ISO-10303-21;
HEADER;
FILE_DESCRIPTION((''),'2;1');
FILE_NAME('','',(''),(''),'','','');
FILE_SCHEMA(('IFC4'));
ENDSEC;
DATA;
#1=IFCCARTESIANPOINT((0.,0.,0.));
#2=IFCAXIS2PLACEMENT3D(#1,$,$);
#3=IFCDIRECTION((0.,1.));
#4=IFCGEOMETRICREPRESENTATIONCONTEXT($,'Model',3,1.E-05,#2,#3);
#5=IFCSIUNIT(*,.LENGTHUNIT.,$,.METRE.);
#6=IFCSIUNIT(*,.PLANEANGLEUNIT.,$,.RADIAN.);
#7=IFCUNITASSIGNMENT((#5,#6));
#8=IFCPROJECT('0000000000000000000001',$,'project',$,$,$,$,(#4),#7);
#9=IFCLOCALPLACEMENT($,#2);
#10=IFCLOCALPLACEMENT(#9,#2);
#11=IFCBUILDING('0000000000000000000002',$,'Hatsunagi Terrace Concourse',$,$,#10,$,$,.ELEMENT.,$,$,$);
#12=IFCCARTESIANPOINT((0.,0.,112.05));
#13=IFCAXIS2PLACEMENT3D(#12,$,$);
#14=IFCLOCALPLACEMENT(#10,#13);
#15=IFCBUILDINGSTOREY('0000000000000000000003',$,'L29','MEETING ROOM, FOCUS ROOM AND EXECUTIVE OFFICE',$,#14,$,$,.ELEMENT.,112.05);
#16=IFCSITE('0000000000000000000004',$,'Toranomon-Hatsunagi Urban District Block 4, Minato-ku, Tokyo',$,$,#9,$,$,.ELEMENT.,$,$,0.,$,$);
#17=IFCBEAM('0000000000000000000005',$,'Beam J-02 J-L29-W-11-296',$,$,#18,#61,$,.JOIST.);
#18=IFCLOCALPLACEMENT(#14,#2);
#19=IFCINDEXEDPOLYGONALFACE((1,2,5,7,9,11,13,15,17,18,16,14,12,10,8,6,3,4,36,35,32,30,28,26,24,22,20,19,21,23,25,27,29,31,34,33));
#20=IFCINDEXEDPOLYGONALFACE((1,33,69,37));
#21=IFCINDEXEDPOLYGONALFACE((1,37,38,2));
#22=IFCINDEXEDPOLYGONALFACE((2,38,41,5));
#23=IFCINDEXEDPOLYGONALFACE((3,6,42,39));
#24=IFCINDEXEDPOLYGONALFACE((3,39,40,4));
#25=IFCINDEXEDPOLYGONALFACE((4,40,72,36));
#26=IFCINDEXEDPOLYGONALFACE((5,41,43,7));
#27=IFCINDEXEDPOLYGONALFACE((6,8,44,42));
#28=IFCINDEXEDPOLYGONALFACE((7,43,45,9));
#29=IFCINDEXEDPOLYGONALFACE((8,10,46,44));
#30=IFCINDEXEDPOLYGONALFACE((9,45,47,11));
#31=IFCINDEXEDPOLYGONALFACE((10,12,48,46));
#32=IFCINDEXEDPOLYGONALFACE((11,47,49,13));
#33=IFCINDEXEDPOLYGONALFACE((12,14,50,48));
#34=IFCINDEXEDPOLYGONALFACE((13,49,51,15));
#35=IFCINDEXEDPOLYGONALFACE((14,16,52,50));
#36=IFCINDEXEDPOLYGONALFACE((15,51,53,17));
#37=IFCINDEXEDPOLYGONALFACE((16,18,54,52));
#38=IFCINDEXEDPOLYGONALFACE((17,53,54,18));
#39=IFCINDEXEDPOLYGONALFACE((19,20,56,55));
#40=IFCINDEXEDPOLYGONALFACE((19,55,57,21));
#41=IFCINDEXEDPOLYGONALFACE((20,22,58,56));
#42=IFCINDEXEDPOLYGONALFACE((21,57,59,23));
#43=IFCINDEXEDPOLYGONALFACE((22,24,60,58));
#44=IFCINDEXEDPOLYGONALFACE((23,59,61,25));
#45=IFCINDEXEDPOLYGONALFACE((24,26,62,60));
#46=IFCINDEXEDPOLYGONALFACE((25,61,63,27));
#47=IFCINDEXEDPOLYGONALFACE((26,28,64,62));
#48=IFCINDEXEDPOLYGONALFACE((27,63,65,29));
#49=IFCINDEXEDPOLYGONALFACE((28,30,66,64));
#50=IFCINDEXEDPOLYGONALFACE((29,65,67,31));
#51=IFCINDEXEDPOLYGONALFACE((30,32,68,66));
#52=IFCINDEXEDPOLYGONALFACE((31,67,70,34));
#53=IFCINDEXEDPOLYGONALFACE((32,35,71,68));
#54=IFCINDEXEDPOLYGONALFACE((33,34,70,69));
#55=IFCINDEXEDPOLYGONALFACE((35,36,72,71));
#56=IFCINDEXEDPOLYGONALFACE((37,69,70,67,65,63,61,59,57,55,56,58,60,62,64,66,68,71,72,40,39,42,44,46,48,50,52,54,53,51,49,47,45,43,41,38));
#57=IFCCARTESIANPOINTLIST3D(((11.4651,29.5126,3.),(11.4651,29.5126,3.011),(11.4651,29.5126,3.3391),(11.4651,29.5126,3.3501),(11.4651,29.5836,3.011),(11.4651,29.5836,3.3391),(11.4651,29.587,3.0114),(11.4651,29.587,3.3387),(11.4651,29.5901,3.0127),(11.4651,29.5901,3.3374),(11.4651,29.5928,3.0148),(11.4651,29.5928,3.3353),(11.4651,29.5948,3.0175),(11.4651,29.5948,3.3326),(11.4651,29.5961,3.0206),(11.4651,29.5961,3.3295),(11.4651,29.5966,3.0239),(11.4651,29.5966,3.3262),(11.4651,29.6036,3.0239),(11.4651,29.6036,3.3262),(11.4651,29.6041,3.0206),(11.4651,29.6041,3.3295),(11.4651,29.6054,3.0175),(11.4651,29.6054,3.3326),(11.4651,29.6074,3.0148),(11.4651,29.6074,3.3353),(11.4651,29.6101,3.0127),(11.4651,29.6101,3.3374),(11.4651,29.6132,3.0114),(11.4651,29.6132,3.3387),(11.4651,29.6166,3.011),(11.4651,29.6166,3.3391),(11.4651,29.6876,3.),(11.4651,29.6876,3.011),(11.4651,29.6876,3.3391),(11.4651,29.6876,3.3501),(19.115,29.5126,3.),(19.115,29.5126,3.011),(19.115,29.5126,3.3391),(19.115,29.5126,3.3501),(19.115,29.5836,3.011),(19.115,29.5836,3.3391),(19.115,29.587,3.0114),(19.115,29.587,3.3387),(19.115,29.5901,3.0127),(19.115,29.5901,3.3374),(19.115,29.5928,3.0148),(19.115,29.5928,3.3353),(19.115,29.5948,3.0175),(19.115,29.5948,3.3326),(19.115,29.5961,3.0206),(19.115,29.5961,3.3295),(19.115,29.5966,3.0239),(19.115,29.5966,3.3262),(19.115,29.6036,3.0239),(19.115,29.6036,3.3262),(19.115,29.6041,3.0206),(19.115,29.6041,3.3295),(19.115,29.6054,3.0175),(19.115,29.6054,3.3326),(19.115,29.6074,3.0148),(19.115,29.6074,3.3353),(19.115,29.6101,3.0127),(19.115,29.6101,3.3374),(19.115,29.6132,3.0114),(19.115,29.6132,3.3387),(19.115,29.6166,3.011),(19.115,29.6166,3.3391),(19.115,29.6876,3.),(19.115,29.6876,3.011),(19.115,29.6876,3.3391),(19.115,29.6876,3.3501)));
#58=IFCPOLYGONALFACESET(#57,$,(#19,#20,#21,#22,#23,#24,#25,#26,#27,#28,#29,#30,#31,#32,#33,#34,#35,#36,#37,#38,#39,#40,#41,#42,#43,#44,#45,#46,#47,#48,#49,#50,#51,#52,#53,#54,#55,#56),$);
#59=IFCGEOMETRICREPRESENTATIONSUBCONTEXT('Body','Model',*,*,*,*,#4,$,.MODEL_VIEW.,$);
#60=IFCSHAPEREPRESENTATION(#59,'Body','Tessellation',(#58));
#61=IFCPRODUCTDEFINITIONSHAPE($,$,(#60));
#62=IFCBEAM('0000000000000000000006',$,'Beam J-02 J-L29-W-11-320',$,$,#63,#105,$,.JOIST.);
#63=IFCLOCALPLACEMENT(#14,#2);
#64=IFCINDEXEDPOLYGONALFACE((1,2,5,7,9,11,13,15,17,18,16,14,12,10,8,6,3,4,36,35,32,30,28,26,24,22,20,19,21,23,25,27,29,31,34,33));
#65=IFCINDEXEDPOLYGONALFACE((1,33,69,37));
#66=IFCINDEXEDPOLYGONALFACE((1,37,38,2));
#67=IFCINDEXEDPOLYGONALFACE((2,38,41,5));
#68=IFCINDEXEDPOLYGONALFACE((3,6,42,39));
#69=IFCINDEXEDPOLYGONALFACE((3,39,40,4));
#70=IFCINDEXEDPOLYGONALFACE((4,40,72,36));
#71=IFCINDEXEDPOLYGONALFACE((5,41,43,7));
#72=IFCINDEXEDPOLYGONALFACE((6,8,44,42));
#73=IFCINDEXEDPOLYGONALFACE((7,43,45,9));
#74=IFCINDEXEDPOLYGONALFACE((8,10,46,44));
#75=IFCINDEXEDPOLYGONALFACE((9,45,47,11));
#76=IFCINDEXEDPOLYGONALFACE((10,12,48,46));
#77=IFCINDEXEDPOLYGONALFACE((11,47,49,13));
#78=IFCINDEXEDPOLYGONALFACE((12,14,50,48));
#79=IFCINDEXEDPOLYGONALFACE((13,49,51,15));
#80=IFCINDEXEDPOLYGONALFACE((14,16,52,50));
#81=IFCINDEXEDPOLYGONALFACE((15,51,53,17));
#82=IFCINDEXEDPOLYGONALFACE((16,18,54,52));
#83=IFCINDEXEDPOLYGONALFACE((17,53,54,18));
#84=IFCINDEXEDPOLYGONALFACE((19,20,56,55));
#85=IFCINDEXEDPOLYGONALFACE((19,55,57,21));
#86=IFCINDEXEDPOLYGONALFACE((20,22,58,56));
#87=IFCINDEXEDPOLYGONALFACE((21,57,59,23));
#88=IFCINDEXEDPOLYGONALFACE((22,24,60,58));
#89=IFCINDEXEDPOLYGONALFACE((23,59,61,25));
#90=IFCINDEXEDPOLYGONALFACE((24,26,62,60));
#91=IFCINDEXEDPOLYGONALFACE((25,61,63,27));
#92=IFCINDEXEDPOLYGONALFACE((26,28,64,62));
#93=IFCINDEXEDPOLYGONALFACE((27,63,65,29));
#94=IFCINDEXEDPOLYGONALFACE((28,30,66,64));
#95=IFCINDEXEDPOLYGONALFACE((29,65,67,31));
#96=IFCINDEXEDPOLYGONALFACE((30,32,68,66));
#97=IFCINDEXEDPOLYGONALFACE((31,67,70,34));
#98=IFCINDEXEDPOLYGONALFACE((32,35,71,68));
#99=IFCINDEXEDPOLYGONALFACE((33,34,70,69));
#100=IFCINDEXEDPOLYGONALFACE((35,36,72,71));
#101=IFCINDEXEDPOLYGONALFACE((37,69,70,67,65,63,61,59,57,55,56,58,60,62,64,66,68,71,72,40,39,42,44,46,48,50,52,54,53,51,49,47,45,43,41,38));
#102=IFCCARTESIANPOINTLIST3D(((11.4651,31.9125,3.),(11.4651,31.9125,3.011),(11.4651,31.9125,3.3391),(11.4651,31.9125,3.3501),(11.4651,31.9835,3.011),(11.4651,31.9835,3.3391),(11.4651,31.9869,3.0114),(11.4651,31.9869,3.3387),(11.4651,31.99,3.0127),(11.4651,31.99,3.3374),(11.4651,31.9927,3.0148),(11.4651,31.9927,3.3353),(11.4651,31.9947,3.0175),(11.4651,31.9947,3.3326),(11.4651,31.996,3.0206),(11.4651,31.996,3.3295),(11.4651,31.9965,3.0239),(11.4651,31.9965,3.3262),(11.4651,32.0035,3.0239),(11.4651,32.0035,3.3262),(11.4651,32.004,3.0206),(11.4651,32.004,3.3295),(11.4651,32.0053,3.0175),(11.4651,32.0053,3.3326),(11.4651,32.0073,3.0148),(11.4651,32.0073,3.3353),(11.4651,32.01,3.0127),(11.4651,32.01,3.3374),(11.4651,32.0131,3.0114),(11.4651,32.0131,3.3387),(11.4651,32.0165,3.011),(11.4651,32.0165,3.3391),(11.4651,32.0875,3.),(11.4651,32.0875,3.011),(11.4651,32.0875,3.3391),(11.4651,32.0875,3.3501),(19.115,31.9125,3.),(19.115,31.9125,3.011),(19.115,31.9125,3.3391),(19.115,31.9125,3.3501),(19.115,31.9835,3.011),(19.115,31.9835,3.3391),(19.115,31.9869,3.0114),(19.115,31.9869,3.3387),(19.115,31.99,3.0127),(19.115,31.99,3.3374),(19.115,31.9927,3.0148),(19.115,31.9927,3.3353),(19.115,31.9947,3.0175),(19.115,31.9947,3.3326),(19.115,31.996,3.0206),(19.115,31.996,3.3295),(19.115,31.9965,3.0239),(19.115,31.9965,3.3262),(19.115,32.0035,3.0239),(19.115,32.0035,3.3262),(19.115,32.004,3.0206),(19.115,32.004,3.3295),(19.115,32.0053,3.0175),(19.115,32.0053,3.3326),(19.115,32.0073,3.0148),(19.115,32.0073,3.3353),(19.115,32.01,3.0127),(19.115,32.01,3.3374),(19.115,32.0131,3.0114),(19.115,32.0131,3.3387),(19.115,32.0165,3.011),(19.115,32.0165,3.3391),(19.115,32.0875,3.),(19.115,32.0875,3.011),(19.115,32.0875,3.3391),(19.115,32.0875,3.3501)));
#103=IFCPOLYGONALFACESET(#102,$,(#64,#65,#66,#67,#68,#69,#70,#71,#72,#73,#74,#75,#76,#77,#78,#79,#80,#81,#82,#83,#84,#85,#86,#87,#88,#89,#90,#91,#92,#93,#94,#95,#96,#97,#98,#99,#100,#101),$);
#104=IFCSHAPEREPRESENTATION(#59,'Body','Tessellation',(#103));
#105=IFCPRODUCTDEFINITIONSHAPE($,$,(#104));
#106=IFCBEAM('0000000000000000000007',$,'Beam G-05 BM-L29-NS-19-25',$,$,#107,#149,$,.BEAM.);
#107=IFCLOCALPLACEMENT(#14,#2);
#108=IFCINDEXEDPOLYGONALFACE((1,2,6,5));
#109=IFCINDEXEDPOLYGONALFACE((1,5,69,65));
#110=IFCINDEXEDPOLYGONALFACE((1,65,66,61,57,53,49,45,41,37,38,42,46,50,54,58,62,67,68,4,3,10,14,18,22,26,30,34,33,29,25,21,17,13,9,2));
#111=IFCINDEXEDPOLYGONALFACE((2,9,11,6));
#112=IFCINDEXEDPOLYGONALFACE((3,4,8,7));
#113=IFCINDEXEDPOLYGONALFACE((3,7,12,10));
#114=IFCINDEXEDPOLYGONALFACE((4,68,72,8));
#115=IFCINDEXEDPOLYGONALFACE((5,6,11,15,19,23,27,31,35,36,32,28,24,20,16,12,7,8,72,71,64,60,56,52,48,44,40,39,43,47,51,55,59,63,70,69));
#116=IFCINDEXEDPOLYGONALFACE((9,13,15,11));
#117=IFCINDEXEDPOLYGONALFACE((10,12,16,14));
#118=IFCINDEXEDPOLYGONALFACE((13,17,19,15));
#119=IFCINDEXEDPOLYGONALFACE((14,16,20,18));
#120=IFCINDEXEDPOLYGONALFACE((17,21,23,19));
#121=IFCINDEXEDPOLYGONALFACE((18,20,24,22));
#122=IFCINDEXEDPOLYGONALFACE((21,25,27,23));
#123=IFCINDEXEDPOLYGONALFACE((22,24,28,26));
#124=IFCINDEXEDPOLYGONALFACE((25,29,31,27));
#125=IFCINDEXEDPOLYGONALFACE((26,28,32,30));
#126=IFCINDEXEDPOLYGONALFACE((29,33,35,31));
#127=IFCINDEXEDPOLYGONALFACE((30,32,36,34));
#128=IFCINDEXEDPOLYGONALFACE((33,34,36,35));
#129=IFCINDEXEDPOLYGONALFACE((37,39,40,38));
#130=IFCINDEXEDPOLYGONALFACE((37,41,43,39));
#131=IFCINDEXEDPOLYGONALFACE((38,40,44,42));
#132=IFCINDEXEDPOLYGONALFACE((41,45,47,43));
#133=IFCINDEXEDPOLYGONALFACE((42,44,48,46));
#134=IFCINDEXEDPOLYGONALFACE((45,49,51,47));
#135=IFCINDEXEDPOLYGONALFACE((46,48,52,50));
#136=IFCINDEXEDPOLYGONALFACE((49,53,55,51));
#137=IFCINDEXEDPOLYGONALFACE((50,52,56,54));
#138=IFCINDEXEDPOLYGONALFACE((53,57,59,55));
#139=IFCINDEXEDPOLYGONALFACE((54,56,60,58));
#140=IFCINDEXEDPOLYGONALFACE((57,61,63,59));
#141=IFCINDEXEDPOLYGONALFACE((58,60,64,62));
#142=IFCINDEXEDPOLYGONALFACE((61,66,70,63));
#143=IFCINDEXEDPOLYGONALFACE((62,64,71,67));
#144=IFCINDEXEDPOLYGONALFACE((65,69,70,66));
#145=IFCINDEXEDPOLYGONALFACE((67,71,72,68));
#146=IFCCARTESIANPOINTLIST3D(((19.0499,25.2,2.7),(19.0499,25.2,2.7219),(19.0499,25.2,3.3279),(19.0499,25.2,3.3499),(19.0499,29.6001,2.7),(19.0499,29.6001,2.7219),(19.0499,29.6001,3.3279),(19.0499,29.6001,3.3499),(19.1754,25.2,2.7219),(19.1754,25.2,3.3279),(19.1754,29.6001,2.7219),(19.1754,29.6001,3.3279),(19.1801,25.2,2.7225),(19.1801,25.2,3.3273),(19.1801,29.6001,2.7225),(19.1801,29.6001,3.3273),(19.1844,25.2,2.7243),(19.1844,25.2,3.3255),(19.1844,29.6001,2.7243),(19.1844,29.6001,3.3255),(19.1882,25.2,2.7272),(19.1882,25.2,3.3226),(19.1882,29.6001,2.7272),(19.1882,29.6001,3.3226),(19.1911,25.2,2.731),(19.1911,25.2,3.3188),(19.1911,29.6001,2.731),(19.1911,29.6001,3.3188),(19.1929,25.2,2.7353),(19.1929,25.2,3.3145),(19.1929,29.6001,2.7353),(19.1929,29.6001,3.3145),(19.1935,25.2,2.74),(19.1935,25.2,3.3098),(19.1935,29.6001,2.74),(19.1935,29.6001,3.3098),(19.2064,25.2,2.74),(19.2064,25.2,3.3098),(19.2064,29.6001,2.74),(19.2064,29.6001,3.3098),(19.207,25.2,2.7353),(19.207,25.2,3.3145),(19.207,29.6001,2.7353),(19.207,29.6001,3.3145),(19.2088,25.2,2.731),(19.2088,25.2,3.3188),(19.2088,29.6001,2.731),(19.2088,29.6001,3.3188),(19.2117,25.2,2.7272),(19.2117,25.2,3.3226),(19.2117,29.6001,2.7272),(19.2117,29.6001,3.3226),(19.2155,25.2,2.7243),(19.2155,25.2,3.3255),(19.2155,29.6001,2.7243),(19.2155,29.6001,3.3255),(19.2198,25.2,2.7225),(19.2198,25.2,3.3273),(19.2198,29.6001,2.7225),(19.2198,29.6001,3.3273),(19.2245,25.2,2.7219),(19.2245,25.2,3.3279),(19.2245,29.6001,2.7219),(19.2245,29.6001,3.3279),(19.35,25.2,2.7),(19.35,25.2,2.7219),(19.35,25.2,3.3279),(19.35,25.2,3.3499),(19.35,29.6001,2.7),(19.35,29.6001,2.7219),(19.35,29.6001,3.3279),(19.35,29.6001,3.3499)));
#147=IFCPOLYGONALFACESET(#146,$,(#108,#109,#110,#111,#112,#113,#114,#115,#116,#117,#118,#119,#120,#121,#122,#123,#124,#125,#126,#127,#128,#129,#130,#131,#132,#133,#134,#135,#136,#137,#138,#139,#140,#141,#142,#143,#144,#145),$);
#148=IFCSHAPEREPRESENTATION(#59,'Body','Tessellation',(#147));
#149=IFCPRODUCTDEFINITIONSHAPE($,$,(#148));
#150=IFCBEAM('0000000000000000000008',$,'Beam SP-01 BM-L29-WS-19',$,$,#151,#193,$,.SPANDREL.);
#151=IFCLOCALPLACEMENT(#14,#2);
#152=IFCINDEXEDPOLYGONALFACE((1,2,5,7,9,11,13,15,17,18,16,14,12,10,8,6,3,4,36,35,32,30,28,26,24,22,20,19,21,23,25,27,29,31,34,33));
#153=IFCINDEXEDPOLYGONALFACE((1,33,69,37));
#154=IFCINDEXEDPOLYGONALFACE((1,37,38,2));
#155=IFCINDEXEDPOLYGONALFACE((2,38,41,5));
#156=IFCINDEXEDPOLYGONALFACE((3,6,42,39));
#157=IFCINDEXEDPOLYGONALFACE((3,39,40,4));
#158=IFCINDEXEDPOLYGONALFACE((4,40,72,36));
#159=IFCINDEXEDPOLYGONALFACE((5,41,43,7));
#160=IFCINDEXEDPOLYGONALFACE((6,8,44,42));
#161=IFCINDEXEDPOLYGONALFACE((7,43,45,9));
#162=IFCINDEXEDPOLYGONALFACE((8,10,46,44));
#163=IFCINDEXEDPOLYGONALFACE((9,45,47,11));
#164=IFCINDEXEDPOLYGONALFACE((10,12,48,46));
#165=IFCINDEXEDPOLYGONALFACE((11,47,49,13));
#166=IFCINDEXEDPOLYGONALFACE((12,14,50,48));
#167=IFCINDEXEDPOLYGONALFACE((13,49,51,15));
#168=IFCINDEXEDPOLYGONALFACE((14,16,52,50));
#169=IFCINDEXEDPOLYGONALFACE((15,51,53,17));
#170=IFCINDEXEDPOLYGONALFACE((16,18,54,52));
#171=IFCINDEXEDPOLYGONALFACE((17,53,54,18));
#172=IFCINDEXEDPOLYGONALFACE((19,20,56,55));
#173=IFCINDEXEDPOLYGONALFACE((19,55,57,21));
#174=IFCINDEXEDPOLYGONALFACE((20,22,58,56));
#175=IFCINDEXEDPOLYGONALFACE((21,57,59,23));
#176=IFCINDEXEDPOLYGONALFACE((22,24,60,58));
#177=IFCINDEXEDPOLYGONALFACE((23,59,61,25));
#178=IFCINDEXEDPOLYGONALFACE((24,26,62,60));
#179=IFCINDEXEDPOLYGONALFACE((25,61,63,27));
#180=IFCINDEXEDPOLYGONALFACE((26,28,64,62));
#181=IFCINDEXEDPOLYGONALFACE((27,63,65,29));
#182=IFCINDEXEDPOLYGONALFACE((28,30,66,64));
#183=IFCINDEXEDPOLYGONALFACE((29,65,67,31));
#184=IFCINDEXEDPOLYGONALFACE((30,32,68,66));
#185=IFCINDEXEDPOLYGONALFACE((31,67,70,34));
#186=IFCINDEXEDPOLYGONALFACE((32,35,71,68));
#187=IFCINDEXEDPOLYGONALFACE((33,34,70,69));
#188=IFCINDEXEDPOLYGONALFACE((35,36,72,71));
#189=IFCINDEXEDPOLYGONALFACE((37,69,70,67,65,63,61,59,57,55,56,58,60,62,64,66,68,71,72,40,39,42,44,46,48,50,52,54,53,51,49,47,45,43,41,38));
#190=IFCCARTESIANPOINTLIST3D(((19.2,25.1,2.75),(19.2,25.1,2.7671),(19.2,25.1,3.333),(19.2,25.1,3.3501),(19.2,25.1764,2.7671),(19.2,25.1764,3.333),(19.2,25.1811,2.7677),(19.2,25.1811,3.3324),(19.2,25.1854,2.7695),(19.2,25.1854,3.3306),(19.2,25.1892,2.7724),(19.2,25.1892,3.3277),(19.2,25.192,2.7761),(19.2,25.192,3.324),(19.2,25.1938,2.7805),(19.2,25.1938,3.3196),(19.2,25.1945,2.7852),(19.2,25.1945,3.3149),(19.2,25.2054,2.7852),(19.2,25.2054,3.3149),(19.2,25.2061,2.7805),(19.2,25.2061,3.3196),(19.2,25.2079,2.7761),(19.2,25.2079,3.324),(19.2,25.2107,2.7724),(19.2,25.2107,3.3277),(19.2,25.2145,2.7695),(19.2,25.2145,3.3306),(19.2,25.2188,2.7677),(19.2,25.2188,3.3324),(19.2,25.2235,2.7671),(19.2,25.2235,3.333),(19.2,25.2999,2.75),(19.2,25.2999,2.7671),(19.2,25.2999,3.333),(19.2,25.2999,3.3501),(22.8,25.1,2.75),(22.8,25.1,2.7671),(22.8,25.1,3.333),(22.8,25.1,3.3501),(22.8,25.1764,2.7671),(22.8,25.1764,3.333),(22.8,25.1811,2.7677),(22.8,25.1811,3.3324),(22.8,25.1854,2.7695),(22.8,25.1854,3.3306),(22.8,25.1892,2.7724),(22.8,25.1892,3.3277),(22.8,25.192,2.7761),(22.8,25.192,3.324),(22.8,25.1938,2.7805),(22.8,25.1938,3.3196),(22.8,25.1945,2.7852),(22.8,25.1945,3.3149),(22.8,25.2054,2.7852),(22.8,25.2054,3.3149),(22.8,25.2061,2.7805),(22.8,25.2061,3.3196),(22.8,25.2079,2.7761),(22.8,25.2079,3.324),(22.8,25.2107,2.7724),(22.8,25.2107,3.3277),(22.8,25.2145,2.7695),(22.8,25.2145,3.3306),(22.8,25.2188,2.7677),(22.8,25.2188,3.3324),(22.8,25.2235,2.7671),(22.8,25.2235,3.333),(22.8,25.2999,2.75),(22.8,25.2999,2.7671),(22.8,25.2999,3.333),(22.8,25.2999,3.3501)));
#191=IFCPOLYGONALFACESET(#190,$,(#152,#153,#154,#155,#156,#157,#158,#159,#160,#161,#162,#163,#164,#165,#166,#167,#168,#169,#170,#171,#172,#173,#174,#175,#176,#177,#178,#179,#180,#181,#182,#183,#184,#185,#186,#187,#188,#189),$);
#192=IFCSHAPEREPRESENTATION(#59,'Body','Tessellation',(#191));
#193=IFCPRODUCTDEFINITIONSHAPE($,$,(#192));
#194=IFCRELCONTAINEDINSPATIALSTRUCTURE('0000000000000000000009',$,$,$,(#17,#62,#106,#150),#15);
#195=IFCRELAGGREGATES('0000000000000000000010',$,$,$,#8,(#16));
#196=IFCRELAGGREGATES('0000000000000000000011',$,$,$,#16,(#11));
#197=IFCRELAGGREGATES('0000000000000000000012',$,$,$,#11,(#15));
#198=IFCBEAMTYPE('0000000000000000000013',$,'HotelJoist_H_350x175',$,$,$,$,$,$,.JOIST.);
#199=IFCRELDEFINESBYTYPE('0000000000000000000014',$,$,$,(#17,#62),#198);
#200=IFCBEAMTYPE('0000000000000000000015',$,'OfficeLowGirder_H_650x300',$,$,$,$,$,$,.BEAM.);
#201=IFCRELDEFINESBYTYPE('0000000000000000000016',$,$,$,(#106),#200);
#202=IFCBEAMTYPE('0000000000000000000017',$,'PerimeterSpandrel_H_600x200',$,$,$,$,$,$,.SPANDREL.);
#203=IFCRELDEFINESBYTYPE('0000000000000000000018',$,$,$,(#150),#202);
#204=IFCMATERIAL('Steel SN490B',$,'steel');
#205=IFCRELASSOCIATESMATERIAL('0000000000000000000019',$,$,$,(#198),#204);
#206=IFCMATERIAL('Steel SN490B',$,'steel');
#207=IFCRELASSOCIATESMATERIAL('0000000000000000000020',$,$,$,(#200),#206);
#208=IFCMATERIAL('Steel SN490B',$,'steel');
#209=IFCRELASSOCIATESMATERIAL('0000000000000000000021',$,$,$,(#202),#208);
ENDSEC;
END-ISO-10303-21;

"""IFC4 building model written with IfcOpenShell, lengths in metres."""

from ifc_helpers import new_model, si_unit, direction, frame, origin, origin_2d, place, context, subcontext, project, spatial, i_section, extrude, material, material_profile, profile_set, type_object, element, save


model = new_model("IFC4")

# Units and contexts
model_context = context("Model", 3, precision=1e-05, world=origin(), true_north=direction((0.0, 1.0)))
body_context = subcontext(model_context, "Body", "Model", "MODEL_VIEW")
ifc_project = project(units=[si_unit("LENGTHUNIT", "METRE"), si_unit("PLANEANGLEUNIT", "RADIAN")], contexts=[model_context])

# Site, building, storey
site_placement = place(None, origin())
site = spatial("IfcSite", under=ifc_project, at=site_placement, Name="Toranomon-Hatsunagi Urban District Block 4, Minato-ku, Tokyo", CompositionType="ELEMENT", RefElevation=0.0)
building_placement = place(site_placement, origin())
building = spatial("IfcBuilding", under=site, at=building_placement, Name="Hatsunagi Terrace Concourse", CompositionType="ELEMENT")
storey_placement = place(building_placement, frame((0.0, 0.0, 112.05)))
storey = spatial("IfcBuildingStorey", under=building, at=storey_placement, Name="L29", Description="MEETING ROOM, FOCUS ROOM AND EXECUTIVE OFFICE", CompositionType="ELEMENT", Elevation=112.05)

# Beams
ifc_material_1 = material(Name="Steel SN490B", Category="steel")
ifc_material_profile_1 = material_profile(ifc_material_1, i_section(OverallWidth=0.175, OverallDepth=0.3501, WebThickness=0.0071, FlangeThickness=0.011, FilletRadius=0.0129, at=origin_2d()), Name="H-350x175x7x11")
ifc_profile_set_1 = profile_set([ifc_material_profile_1], Name="Steel SN490B")
beam_type_1 = type_object("IfcBeamType", Name="HotelJoist_H_350x175", PredefinedType="JOIST", material=ifc_profile_set_1)
for number, where, z_axis, x_axis, name in (
    (1, (11.4651, 29.6001, 3.175), (1.0, 0.0, 0.0), (0.0, 1.0, 0.0), "Beam J-02 J-L29-W-11-296"),
    (2, (11.4651, 32.0, 3.175), (1.0, 0.0, 0.0), (0.0, 1.0, 0.0), "Beam J-02 J-L29-W-11-320"),
):
    element("IfcBeam", number, at=place(storey_placement, frame(where, z_axis=z_axis, x_axis=x_axis)), inside=storey, type_object=beam_type_1, Name=name, PredefinedType="JOIST", context=body_context, shape_type="SweptSolid", body=[
        extrude(i_section(OverallWidth=0.175, OverallDepth=0.3501, WebThickness=0.0071, FlangeThickness=0.011, FilletRadius=0.0129, at=origin_2d()), origin(), (0.0, 0.0, 1.0), 7.6499),
    ])
ifc_material_2 = material(Name="Steel SN490B", Category="steel")
ifc_material_profile_2 = material_profile(ifc_material_2, i_section(OverallWidth=0.3, OverallDepth=0.6499, WebThickness=0.0129, FlangeThickness=0.022, FilletRadius=0.0181, at=origin_2d()), Name="H-650x300x13x22")
ifc_profile_set_2 = profile_set([ifc_material_profile_2], Name="Steel SN490B")
beam_type_2 = type_object("IfcBeamType", Name="OfficeLowGirder_H_650x300", PredefinedType="BEAM", material=ifc_profile_set_2)
beam_1_placement = place(storey_placement, frame((19.2, 25.2, 3.0249), z_axis=(0.0, 1.0, 0.0), x_axis=(-1.0, 0.0, 0.0)))
element("IfcBeam", 3, at=beam_1_placement, inside=storey, type_object=beam_type_2, Name="Beam G-05 BM-L29-NS-19-25", PredefinedType="BEAM", context=body_context, shape_type="SweptSolid", body=[
    extrude(i_section(OverallWidth=0.3, OverallDepth=0.6499, WebThickness=0.0129, FlangeThickness=0.022, FilletRadius=0.0181, at=origin_2d()), origin(), (0.0, 0.0, 1.0), 4.4001),
])
ifc_material_3 = material(Name="Steel SN490B", Category="steel")
ifc_material_profile_3 = material_profile(ifc_material_3, i_section(OverallWidth=0.2, OverallDepth=0.6001, WebThickness=0.011, FlangeThickness=0.0171, FilletRadius=0.0181, at=origin_2d()), Name="H-600x200x11x17")
ifc_profile_set_3 = profile_set([ifc_material_profile_3], Name="Steel SN490B")
beam_type_3 = type_object("IfcBeamType", Name="PerimeterSpandrel_H_600x200", PredefinedType="SPANDREL", material=ifc_profile_set_3)
beam_2_placement = place(storey_placement, frame((19.2, 25.2, 3.05), z_axis=(1.0, 0.0, 0.0), x_axis=(0.0, 1.0, 0.0)))
element("IfcBeam", 4, at=beam_2_placement, inside=storey, type_object=beam_type_3, Name="Beam SP-01 BM-L29-WS-19", PredefinedType="SPANDREL", context=body_context, shape_type="SweptSolid", body=[
    extrude(i_section(OverallWidth=0.2, OverallDepth=0.6001, WebThickness=0.011, FlangeThickness=0.0171, FilletRadius=0.0181, at=origin_2d()), origin(), (0.0, 0.0, 1.0), 3.6001),
])

save(model, "model.ifc")
